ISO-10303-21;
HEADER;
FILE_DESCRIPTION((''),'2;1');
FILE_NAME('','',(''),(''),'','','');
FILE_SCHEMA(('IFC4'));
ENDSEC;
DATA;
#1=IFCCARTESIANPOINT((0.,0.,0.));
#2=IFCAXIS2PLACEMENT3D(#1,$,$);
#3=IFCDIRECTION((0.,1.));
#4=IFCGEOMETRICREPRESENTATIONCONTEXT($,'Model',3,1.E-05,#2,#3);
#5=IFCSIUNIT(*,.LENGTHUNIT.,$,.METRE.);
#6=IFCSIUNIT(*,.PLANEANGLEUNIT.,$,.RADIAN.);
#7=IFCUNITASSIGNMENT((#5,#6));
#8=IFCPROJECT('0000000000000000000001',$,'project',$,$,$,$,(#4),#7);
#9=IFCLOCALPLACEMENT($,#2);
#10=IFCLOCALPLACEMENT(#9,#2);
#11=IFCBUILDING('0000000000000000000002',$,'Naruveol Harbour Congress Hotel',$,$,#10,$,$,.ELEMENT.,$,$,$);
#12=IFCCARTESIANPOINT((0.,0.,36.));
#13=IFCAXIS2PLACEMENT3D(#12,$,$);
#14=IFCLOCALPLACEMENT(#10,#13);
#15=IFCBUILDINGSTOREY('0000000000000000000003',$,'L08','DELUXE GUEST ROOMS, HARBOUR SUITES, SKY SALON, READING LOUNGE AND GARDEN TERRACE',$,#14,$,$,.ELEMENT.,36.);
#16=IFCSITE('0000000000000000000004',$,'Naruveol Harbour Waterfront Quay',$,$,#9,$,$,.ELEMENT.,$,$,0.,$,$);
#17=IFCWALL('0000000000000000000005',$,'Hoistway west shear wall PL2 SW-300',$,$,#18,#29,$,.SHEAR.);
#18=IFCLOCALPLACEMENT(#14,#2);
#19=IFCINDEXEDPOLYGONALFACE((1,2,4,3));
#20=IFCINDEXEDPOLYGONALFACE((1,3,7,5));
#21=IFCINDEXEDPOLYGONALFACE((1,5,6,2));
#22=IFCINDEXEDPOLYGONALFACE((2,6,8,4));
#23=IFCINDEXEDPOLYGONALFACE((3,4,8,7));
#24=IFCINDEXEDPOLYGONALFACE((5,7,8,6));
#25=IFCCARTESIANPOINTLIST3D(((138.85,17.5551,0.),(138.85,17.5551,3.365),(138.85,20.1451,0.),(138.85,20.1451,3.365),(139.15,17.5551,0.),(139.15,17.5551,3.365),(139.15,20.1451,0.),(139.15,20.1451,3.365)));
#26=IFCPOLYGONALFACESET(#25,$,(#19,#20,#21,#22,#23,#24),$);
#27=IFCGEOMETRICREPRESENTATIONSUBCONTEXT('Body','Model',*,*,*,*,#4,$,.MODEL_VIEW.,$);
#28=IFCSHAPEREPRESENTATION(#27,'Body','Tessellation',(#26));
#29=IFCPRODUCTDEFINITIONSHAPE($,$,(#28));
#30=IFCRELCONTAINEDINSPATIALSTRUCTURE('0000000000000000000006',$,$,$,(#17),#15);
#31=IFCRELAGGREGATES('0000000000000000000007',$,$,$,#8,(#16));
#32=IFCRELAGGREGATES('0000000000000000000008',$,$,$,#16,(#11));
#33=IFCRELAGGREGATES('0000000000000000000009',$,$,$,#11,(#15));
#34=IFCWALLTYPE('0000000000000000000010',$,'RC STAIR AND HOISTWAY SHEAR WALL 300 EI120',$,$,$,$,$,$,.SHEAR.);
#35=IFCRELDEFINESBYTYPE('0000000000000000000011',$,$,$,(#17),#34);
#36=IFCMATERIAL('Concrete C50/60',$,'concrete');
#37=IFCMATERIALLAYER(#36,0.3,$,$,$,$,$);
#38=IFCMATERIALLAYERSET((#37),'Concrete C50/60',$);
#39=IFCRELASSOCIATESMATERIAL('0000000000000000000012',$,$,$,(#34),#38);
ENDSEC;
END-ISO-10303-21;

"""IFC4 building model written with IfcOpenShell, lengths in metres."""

from ifc_helpers import new_model, si_unit, direction, frame, frame_2d, origin, place, context, subcontext, project, spatial, rectangle, extrude, material, layer, layer_set, type_object, element, save


model = new_model("IFC4")

# Units and contexts
model_context = context("Model", 3, precision=1e-05, world=origin(), true_north=direction((0.0, 1.0)))
body_context = subcontext(model_context, "Body", "Model", "MODEL_VIEW")
ifc_project = project(units=[si_unit("LENGTHUNIT", "METRE"), si_unit("PLANEANGLEUNIT", "RADIAN")], contexts=[model_context])

# Site, building, storey
site_placement = place(None, origin())
site = spatial("IfcSite", under=ifc_project, at=site_placement, Name="Naruveol Harbour Waterfront Quay", CompositionType="ELEMENT", RefElevation=0.0)
building_placement = place(site_placement, origin())
building = spatial("IfcBuilding", under=site, at=building_placement, Name="Naruveol Harbour Congress Hotel", CompositionType="ELEMENT")
storey_placement = place(building_placement, frame((0.0, 0.0, 36.0)))
storey = spatial("IfcBuildingStorey", under=building, at=storey_placement, Name="L08", Description="DELUXE GUEST ROOMS, HARBOUR SUITES, SKY SALON, READING LOUNGE AND GARDEN TERRACE", CompositionType="ELEMENT", Elevation=36.0)

# Shared definitions
ifc_material_1 = material(Name="Concrete C50/60", Category="concrete")
ifc_layer_1 = layer(ifc_material_1, 0.3)
ifc_layer_set_1 = layer_set([ifc_layer_1], Name="Concrete C50/60")
wall_type_1 = type_object("IfcWallType", Name="RC STAIR AND HOISTWAY SHEAR WALL 300 EI120", PredefinedType="SHEAR", material=ifc_layer_set_1)

# Wall
wall_1_placement = place(storey_placement, frame((139.0, 20.145, 0.0), z_axis=(0.0, 0.0, 1.0), x_axis=(0.0, -1.0, 0.0)))
element("IfcWall", 1, at=wall_1_placement, inside=storey, type_object=wall_type_1, Name="Hoistway west shear wall PL2 SW-300", PredefinedType="SHEAR", context=body_context, shape_type="SweptSolid", body=[
    extrude(rectangle(XDim=2.5901, YDim=0.3, at=frame_2d((1.2949, 0.0))), origin(), (0.0, 0.0, 1.0), 3.365),
])

save(model, "model.ifc")
